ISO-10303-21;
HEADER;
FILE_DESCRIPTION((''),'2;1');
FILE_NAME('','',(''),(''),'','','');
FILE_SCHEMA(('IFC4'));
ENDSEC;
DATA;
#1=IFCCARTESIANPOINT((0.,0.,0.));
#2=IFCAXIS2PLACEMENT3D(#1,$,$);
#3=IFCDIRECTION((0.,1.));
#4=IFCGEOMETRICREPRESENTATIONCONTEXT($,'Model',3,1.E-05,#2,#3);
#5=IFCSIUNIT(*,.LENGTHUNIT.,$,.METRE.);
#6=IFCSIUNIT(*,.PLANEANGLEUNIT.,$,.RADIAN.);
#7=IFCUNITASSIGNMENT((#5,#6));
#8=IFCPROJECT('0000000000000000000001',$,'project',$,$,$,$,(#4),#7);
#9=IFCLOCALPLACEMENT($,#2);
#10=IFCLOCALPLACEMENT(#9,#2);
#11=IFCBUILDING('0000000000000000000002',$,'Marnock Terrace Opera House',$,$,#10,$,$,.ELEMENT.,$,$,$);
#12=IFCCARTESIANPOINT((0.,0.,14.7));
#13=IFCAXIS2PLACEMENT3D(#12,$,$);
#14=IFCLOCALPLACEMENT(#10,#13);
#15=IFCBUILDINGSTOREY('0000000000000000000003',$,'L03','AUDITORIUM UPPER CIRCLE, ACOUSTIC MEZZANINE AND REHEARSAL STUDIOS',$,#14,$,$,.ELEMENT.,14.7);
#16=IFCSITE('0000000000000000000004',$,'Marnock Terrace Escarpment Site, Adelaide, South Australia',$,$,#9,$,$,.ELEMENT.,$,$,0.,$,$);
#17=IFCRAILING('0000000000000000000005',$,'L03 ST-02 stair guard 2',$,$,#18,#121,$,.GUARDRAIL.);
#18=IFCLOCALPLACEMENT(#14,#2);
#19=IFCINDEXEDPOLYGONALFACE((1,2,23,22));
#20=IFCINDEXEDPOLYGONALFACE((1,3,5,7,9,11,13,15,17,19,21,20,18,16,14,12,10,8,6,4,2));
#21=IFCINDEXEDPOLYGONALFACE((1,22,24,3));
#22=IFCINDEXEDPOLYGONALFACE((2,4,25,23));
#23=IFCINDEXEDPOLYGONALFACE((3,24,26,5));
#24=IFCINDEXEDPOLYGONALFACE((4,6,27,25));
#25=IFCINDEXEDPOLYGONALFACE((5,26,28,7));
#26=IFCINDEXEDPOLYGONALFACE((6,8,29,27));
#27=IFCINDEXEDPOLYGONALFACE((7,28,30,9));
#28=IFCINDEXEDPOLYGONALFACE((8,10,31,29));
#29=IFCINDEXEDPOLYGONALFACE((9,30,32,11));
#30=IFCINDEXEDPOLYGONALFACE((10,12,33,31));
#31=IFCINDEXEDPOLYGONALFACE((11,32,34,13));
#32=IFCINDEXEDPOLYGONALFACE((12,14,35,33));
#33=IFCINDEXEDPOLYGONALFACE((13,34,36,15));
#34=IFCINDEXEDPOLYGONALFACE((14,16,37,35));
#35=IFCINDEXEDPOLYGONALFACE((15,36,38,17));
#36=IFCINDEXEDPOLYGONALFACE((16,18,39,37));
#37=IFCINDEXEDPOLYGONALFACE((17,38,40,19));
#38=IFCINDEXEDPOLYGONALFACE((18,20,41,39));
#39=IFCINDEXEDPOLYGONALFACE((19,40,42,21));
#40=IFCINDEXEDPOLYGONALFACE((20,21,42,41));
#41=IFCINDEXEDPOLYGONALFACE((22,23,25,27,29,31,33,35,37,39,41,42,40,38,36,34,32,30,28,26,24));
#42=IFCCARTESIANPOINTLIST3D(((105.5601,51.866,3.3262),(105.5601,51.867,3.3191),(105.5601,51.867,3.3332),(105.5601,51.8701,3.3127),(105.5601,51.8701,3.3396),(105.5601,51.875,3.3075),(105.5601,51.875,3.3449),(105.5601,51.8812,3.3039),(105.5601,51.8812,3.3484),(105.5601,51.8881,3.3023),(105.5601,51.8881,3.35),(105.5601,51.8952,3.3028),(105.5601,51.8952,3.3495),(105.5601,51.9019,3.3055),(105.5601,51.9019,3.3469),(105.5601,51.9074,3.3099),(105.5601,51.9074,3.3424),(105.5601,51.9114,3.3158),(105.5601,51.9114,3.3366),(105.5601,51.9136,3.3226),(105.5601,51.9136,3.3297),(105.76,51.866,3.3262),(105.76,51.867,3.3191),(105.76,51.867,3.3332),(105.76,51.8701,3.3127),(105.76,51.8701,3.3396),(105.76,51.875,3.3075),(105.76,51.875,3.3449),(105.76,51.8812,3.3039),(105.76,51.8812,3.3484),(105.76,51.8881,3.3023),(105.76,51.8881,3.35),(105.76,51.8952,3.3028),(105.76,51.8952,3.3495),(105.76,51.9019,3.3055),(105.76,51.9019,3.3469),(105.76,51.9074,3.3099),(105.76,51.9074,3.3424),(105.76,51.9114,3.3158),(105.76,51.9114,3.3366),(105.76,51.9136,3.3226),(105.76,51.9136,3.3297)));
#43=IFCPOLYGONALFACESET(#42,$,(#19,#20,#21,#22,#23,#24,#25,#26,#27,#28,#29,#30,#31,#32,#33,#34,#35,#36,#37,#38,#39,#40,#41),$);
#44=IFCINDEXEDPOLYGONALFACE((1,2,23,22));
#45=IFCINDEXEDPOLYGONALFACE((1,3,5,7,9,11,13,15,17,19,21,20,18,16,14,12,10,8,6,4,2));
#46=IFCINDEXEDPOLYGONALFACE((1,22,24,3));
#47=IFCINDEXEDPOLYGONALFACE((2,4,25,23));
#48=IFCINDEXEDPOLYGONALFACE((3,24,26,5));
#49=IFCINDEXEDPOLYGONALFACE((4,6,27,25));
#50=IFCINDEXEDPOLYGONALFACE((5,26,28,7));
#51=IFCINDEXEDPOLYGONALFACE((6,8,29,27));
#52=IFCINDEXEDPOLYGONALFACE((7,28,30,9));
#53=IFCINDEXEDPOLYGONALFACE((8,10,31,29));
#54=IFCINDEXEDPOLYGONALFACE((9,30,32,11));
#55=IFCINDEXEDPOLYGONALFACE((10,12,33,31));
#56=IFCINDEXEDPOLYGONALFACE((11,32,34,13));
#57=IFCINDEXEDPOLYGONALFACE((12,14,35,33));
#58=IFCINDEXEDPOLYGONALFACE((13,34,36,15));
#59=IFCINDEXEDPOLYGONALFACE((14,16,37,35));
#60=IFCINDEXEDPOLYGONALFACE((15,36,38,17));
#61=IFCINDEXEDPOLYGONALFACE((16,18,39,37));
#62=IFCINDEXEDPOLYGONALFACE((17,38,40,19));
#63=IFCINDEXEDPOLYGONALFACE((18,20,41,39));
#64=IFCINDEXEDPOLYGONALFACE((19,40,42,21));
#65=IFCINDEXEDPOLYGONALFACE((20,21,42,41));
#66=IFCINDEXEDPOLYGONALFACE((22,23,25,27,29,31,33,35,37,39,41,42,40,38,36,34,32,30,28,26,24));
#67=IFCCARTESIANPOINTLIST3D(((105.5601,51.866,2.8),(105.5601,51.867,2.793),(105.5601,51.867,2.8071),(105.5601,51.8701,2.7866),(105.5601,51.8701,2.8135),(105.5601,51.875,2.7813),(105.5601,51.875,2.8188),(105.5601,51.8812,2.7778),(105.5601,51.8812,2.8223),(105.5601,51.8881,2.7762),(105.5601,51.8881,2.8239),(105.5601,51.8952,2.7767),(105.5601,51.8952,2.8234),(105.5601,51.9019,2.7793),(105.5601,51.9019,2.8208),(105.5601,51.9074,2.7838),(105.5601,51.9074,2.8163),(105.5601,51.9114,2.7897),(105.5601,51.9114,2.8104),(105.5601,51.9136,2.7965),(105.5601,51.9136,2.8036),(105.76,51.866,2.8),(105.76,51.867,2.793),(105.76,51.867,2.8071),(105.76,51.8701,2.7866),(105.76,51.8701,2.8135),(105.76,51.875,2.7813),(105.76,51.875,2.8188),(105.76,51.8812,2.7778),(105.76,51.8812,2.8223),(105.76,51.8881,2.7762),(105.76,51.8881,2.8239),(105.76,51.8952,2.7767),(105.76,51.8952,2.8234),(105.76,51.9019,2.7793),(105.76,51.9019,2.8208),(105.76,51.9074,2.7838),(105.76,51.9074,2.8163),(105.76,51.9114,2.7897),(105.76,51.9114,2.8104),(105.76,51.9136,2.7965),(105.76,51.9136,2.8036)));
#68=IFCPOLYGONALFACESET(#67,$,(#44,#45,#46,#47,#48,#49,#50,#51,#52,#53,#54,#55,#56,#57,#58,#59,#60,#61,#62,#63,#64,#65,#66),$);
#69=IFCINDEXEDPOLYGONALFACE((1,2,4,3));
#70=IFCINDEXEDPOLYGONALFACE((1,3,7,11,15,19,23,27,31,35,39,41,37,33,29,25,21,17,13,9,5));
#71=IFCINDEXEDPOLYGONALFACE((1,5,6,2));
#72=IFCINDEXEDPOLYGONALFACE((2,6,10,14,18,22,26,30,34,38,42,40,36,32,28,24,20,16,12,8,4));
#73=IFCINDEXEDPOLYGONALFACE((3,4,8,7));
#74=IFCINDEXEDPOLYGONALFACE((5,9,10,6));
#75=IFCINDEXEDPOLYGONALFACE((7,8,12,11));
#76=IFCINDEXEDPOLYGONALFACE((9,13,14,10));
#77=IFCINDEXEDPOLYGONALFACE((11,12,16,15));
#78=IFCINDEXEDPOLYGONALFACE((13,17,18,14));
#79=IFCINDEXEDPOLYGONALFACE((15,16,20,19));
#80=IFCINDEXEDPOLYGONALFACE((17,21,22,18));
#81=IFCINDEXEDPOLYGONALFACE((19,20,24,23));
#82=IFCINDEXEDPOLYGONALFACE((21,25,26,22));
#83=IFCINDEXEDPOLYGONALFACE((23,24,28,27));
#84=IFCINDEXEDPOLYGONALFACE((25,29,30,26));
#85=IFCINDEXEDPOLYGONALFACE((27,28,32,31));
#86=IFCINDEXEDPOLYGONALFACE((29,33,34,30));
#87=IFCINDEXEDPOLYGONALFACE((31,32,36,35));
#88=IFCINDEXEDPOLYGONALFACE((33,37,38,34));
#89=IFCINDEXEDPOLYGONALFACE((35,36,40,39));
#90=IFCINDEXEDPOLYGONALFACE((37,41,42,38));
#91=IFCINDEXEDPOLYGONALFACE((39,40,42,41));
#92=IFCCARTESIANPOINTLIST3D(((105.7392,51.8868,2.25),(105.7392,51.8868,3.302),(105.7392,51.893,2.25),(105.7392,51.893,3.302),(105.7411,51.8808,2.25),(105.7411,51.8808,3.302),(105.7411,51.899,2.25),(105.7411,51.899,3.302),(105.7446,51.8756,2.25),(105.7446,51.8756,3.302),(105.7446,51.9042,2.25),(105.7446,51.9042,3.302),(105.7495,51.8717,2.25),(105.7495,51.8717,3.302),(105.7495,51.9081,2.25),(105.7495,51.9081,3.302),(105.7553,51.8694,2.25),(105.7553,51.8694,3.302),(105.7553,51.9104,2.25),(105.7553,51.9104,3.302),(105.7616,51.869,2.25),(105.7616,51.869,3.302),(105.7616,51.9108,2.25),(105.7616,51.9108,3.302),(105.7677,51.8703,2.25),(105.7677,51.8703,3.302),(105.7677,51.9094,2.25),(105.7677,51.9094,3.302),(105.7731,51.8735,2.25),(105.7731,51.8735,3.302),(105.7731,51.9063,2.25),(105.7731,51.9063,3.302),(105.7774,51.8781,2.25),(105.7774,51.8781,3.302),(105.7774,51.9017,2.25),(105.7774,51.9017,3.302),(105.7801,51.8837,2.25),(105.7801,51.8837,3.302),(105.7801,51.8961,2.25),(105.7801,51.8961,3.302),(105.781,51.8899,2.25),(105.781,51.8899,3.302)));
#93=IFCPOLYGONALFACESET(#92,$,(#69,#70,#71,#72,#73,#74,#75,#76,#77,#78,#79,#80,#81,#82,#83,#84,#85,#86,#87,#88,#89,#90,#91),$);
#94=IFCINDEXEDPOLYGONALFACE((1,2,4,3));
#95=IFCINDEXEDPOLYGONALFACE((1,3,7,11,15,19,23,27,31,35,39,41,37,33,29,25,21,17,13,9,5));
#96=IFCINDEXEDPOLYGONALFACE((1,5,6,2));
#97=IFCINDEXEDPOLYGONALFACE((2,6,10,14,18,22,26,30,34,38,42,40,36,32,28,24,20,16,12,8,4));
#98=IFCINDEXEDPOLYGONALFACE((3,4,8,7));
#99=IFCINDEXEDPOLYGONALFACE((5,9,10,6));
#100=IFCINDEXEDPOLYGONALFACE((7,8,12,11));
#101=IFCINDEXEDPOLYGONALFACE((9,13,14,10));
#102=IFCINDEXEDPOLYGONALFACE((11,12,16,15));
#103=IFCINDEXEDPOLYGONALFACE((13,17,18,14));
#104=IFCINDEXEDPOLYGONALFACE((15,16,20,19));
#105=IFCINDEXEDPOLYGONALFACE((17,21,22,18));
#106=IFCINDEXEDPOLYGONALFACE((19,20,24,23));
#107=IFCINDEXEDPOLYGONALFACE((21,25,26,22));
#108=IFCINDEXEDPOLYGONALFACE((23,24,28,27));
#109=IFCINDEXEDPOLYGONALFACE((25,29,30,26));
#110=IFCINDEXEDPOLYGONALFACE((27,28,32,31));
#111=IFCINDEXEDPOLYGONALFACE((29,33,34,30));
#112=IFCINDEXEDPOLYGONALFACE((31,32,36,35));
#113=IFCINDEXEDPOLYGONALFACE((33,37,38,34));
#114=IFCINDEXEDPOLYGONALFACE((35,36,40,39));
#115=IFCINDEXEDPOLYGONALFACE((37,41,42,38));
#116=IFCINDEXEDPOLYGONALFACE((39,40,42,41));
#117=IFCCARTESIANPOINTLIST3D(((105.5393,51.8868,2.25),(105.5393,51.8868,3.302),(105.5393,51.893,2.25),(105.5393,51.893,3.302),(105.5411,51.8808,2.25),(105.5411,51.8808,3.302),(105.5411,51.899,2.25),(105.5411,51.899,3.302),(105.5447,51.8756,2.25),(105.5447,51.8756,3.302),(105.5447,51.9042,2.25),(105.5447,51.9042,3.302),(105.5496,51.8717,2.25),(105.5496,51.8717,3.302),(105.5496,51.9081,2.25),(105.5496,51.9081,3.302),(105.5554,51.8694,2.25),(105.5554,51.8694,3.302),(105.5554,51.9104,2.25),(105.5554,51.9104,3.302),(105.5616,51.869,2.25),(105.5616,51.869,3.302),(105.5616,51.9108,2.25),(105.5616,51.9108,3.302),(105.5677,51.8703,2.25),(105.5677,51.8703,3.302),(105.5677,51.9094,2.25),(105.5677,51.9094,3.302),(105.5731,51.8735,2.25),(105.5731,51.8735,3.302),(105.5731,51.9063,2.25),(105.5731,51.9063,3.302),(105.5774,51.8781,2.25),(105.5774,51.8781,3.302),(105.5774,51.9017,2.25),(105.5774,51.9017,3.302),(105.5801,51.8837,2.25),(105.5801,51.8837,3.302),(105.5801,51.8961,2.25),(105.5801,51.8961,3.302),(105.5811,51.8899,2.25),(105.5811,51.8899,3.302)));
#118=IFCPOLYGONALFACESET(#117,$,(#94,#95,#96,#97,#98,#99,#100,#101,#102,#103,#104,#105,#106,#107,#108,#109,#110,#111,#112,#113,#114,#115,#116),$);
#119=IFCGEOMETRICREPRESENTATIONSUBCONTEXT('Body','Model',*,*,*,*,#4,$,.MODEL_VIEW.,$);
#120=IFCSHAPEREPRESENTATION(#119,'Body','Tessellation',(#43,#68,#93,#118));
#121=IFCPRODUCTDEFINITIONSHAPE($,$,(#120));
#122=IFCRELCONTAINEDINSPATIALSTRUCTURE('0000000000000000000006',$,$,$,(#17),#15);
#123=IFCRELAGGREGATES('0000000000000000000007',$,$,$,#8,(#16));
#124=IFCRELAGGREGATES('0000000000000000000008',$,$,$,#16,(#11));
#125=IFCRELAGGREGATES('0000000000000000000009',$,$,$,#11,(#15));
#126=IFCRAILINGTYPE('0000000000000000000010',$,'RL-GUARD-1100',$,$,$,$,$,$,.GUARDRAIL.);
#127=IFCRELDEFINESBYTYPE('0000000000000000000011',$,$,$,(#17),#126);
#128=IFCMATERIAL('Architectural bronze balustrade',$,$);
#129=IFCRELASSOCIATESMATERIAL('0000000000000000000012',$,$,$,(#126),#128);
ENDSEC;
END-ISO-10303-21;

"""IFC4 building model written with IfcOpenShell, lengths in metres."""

from ifc_helpers import new_model, si_unit, direction, frame, origin, origin_2d, place, context, subcontext, project, spatial, circle, extrude, material, type_object, element, save


model = new_model("IFC4")

# Units and contexts
model_context = context("Model", 3, precision=1e-05, world=origin(), true_north=direction((0.0, 1.0)))
body_context = subcontext(model_context, "Body", "Model", "MODEL_VIEW")
ifc_project = project(units=[si_unit("LENGTHUNIT", "METRE"), si_unit("PLANEANGLEUNIT", "RADIAN")], contexts=[model_context])

# Site, building, storey
site_placement = place(None, origin())
site = spatial("IfcSite", under=ifc_project, at=site_placement, Name="Marnock Terrace Escarpment Site, Adelaide, South Australia", CompositionType="ELEMENT", RefElevation=0.0)
building_placement = place(site_placement, origin())
building = spatial("IfcBuilding", under=site, at=building_placement, Name="Marnock Terrace Opera House", CompositionType="ELEMENT")
storey_placement = place(building_placement, frame((0.0, 0.0, 14.7)))
storey = spatial("IfcBuildingStorey", under=building, at=storey_placement, Name="L03", Description="AUDITORIUM UPPER CIRCLE, ACOUSTIC MEZZANINE AND REHEARSAL STUDIOS", CompositionType="ELEMENT", Elevation=14.7)

# Railing
ifc_material_1 = material(Name="Architectural bronze balustrade")
railing_type_1 = type_object("IfcRailingType", Name="RL-GUARD-1100", PredefinedType="GUARDRAIL", material=ifc_material_1)
railing_1_placement = place(storey_placement, frame((105.76, 51.8899, 2.25)))
element("IfcRailing", 1, at=railing_1_placement, inside=storey, type_object=railing_type_1, Name="L03 ST-02 stair guard 2", PredefinedType="GUARDRAIL", context=body_context, shape_type="SweptSolid", body=[
    extrude(circle(Radius=0.0239, at=origin_2d()), frame((0.0, 0.0, 1.0762), z_axis=(-1.0, 0.0, 0.0), x_axis=(0.0, -1.0, 0.0)), (0.0, 0.0, 1.0), 0.2),
    extrude(circle(Radius=0.0239, at=origin_2d()), frame((0.0, 0.0, 0.55), z_axis=(-1.0, 0.0, 0.0), x_axis=(0.0, -1.0, 0.0)), (0.0, 0.0, 1.0), 0.2),
    extrude(circle(Radius=0.021, at=origin_2d()), origin(), (0.0, 0.0, 1.0), 1.052),
    extrude(circle(Radius=0.021, at=origin_2d()), frame((-0.2, 0.0, 0.0)), (0.0, 0.0, 1.0), 1.052),
])

save(model, "model.ifc")
